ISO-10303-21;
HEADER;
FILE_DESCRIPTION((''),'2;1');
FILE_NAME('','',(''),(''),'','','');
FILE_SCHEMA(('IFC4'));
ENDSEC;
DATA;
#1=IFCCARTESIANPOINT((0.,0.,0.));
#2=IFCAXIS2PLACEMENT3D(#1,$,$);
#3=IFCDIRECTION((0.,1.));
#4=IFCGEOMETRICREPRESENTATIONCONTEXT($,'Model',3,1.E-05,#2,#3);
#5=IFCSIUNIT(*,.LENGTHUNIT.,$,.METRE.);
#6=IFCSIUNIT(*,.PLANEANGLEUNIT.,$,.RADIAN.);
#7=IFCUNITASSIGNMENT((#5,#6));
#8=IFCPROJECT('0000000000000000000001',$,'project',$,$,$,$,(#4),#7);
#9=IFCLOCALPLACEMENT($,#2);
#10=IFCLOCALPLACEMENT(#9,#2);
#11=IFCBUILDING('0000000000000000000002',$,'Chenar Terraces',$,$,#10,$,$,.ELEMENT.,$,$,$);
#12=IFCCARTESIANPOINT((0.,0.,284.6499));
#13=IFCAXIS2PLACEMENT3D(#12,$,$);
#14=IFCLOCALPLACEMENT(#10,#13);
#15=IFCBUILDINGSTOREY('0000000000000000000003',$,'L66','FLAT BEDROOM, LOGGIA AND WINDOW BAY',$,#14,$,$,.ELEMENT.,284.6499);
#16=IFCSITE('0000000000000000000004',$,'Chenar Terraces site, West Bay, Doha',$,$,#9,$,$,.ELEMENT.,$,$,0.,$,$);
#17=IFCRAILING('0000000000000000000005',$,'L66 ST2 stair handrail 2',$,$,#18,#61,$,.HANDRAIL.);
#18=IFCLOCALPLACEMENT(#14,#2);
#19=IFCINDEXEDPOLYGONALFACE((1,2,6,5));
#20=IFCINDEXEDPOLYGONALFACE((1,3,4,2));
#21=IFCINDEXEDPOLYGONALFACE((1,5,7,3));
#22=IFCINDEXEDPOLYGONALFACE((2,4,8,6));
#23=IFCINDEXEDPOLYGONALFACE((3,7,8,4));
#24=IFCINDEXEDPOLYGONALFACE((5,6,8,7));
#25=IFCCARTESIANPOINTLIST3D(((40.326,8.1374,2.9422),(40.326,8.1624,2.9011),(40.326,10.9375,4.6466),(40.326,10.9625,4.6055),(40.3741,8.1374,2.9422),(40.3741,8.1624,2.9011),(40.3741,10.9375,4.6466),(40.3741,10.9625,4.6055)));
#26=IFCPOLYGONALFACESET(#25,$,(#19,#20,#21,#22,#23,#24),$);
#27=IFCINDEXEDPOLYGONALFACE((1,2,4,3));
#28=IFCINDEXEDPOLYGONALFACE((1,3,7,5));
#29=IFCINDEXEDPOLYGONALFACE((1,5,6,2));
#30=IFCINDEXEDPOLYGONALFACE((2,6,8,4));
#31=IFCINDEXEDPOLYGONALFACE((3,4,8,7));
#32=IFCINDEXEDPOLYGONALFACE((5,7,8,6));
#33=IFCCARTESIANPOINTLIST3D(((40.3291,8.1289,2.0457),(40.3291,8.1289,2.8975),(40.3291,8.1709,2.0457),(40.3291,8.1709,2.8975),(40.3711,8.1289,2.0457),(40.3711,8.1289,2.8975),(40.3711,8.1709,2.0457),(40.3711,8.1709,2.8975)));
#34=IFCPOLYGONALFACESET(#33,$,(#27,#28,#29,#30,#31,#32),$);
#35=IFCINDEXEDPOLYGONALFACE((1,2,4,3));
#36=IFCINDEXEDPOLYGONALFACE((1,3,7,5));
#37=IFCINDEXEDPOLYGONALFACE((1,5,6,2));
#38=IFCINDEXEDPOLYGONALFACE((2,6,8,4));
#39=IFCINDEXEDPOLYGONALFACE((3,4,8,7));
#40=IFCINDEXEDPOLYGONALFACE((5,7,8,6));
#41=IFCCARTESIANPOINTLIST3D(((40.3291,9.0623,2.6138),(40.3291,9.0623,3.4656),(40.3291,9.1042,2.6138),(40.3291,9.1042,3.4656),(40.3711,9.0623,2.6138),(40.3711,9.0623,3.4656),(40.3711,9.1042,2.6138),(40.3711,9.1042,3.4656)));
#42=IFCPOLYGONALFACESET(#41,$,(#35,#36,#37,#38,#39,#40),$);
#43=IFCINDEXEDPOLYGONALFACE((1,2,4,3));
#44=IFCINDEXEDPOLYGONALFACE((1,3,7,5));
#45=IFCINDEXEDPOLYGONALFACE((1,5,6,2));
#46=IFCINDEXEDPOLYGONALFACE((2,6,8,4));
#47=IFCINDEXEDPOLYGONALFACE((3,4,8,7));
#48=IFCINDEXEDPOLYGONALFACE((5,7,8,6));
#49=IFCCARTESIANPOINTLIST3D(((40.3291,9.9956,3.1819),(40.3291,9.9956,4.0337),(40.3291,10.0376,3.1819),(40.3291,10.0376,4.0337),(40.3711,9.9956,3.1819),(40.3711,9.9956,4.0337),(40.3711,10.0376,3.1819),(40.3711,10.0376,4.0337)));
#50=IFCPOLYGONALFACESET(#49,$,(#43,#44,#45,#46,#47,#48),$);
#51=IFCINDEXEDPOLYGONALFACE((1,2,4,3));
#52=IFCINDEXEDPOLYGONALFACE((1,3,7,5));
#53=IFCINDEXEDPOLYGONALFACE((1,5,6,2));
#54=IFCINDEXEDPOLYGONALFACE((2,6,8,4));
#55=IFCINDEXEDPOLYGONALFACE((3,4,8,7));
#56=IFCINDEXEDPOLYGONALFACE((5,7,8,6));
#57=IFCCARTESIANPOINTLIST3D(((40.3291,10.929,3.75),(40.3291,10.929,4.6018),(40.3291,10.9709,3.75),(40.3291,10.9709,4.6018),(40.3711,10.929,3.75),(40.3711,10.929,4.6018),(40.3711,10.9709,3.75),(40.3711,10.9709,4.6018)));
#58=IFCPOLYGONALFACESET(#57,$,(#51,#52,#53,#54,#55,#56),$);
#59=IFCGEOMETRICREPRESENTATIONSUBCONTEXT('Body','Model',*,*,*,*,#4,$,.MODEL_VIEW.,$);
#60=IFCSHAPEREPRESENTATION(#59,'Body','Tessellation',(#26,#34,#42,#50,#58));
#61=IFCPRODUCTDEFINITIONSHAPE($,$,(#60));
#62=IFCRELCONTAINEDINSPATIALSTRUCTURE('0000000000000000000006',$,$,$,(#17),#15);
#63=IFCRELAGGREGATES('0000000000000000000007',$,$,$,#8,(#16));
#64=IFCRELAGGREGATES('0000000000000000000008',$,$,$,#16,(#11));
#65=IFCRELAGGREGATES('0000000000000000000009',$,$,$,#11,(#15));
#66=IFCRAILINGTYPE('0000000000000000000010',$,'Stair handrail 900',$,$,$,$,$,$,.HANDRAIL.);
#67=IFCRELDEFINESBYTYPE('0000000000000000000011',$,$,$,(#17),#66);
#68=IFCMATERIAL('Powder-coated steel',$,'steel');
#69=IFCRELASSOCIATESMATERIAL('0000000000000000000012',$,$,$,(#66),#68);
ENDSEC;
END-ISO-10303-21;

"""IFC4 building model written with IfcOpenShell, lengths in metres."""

from ifc_helpers import new_model, si_unit, direction, frame, origin, origin_2d, place, context, subcontext, project, spatial, rectangle, extrude, material, type_object, element, save


model = new_model("IFC4")

# Units and contexts
model_context = context("Model", 3, precision=1e-05, world=origin(), true_north=direction((0.0, 1.0)))
body_context = subcontext(model_context, "Body", "Model", "MODEL_VIEW")
ifc_project = project(units=[si_unit("LENGTHUNIT", "METRE"), si_unit("PLANEANGLEUNIT", "RADIAN")], contexts=[model_context])

# Site, building, storey
site_placement = place(None, origin())
site = spatial("IfcSite", under=ifc_project, at=site_placement, Name="Chenar Terraces site, West Bay, Doha", CompositionType="ELEMENT", RefElevation=0.0)
building_placement = place(site_placement, origin())
building = spatial("IfcBuilding", under=site, at=building_placement, Name="Chenar Terraces", CompositionType="ELEMENT")
storey_placement = place(building_placement, frame((0.0, 0.0, 284.6499)))
storey = spatial("IfcBuildingStorey", under=building, at=storey_placement, Name="L66", Description="FLAT BEDROOM, LOGGIA AND WINDOW BAY", CompositionType="ELEMENT", Elevation=284.6499)

# Railing
ifc_material_1 = material(Name="Powder-coated steel", Category="steel")
railing_type_1 = type_object("IfcRailingType", Name="Stair handrail 900", PredefinedType="HANDRAIL", material=ifc_material_1)
railing_1_placement = place(storey_placement, frame((40.3501, 8.1499, 2.0457)))
element("IfcRailing", 1, at=railing_1_placement, inside=storey, type_object=railing_type_1, Name="L66 ST2 stair handrail 2", PredefinedType="HANDRAIL", context=body_context, shape_type="SweptSolid", body=[
    extrude(rectangle(XDim=0.0481, YDim=0.0481, at=origin_2d()), frame((0.0, 0.0, 0.876), z_axis=(0.0, 0.854203, 0.51994), x_axis=(-1.0, 0.0, 0.0)), (0.0, 0.0, 1.0), 3.2781),
    extrude(rectangle(XDim=0.042, YDim=0.042, at=origin_2d()), origin(), (0.0, 0.0, 1.0), 0.8518),
    extrude(rectangle(XDim=0.042, YDim=0.042, at=origin_2d()), frame((0.0, 0.9333, 0.5681)), (0.0, 0.0, 1.0), 0.8518),
    extrude(rectangle(XDim=0.042, YDim=0.042, at=origin_2d()), frame((0.0, 1.8667, 1.1362)), (0.0, 0.0, 1.0), 0.8518),
    extrude(rectangle(XDim=0.042, YDim=0.042, at=origin_2d()), frame((0.0, 2.8, 1.7043)), (0.0, 0.0, 1.0), 0.8518),
])

save(model, "model.ifc")
